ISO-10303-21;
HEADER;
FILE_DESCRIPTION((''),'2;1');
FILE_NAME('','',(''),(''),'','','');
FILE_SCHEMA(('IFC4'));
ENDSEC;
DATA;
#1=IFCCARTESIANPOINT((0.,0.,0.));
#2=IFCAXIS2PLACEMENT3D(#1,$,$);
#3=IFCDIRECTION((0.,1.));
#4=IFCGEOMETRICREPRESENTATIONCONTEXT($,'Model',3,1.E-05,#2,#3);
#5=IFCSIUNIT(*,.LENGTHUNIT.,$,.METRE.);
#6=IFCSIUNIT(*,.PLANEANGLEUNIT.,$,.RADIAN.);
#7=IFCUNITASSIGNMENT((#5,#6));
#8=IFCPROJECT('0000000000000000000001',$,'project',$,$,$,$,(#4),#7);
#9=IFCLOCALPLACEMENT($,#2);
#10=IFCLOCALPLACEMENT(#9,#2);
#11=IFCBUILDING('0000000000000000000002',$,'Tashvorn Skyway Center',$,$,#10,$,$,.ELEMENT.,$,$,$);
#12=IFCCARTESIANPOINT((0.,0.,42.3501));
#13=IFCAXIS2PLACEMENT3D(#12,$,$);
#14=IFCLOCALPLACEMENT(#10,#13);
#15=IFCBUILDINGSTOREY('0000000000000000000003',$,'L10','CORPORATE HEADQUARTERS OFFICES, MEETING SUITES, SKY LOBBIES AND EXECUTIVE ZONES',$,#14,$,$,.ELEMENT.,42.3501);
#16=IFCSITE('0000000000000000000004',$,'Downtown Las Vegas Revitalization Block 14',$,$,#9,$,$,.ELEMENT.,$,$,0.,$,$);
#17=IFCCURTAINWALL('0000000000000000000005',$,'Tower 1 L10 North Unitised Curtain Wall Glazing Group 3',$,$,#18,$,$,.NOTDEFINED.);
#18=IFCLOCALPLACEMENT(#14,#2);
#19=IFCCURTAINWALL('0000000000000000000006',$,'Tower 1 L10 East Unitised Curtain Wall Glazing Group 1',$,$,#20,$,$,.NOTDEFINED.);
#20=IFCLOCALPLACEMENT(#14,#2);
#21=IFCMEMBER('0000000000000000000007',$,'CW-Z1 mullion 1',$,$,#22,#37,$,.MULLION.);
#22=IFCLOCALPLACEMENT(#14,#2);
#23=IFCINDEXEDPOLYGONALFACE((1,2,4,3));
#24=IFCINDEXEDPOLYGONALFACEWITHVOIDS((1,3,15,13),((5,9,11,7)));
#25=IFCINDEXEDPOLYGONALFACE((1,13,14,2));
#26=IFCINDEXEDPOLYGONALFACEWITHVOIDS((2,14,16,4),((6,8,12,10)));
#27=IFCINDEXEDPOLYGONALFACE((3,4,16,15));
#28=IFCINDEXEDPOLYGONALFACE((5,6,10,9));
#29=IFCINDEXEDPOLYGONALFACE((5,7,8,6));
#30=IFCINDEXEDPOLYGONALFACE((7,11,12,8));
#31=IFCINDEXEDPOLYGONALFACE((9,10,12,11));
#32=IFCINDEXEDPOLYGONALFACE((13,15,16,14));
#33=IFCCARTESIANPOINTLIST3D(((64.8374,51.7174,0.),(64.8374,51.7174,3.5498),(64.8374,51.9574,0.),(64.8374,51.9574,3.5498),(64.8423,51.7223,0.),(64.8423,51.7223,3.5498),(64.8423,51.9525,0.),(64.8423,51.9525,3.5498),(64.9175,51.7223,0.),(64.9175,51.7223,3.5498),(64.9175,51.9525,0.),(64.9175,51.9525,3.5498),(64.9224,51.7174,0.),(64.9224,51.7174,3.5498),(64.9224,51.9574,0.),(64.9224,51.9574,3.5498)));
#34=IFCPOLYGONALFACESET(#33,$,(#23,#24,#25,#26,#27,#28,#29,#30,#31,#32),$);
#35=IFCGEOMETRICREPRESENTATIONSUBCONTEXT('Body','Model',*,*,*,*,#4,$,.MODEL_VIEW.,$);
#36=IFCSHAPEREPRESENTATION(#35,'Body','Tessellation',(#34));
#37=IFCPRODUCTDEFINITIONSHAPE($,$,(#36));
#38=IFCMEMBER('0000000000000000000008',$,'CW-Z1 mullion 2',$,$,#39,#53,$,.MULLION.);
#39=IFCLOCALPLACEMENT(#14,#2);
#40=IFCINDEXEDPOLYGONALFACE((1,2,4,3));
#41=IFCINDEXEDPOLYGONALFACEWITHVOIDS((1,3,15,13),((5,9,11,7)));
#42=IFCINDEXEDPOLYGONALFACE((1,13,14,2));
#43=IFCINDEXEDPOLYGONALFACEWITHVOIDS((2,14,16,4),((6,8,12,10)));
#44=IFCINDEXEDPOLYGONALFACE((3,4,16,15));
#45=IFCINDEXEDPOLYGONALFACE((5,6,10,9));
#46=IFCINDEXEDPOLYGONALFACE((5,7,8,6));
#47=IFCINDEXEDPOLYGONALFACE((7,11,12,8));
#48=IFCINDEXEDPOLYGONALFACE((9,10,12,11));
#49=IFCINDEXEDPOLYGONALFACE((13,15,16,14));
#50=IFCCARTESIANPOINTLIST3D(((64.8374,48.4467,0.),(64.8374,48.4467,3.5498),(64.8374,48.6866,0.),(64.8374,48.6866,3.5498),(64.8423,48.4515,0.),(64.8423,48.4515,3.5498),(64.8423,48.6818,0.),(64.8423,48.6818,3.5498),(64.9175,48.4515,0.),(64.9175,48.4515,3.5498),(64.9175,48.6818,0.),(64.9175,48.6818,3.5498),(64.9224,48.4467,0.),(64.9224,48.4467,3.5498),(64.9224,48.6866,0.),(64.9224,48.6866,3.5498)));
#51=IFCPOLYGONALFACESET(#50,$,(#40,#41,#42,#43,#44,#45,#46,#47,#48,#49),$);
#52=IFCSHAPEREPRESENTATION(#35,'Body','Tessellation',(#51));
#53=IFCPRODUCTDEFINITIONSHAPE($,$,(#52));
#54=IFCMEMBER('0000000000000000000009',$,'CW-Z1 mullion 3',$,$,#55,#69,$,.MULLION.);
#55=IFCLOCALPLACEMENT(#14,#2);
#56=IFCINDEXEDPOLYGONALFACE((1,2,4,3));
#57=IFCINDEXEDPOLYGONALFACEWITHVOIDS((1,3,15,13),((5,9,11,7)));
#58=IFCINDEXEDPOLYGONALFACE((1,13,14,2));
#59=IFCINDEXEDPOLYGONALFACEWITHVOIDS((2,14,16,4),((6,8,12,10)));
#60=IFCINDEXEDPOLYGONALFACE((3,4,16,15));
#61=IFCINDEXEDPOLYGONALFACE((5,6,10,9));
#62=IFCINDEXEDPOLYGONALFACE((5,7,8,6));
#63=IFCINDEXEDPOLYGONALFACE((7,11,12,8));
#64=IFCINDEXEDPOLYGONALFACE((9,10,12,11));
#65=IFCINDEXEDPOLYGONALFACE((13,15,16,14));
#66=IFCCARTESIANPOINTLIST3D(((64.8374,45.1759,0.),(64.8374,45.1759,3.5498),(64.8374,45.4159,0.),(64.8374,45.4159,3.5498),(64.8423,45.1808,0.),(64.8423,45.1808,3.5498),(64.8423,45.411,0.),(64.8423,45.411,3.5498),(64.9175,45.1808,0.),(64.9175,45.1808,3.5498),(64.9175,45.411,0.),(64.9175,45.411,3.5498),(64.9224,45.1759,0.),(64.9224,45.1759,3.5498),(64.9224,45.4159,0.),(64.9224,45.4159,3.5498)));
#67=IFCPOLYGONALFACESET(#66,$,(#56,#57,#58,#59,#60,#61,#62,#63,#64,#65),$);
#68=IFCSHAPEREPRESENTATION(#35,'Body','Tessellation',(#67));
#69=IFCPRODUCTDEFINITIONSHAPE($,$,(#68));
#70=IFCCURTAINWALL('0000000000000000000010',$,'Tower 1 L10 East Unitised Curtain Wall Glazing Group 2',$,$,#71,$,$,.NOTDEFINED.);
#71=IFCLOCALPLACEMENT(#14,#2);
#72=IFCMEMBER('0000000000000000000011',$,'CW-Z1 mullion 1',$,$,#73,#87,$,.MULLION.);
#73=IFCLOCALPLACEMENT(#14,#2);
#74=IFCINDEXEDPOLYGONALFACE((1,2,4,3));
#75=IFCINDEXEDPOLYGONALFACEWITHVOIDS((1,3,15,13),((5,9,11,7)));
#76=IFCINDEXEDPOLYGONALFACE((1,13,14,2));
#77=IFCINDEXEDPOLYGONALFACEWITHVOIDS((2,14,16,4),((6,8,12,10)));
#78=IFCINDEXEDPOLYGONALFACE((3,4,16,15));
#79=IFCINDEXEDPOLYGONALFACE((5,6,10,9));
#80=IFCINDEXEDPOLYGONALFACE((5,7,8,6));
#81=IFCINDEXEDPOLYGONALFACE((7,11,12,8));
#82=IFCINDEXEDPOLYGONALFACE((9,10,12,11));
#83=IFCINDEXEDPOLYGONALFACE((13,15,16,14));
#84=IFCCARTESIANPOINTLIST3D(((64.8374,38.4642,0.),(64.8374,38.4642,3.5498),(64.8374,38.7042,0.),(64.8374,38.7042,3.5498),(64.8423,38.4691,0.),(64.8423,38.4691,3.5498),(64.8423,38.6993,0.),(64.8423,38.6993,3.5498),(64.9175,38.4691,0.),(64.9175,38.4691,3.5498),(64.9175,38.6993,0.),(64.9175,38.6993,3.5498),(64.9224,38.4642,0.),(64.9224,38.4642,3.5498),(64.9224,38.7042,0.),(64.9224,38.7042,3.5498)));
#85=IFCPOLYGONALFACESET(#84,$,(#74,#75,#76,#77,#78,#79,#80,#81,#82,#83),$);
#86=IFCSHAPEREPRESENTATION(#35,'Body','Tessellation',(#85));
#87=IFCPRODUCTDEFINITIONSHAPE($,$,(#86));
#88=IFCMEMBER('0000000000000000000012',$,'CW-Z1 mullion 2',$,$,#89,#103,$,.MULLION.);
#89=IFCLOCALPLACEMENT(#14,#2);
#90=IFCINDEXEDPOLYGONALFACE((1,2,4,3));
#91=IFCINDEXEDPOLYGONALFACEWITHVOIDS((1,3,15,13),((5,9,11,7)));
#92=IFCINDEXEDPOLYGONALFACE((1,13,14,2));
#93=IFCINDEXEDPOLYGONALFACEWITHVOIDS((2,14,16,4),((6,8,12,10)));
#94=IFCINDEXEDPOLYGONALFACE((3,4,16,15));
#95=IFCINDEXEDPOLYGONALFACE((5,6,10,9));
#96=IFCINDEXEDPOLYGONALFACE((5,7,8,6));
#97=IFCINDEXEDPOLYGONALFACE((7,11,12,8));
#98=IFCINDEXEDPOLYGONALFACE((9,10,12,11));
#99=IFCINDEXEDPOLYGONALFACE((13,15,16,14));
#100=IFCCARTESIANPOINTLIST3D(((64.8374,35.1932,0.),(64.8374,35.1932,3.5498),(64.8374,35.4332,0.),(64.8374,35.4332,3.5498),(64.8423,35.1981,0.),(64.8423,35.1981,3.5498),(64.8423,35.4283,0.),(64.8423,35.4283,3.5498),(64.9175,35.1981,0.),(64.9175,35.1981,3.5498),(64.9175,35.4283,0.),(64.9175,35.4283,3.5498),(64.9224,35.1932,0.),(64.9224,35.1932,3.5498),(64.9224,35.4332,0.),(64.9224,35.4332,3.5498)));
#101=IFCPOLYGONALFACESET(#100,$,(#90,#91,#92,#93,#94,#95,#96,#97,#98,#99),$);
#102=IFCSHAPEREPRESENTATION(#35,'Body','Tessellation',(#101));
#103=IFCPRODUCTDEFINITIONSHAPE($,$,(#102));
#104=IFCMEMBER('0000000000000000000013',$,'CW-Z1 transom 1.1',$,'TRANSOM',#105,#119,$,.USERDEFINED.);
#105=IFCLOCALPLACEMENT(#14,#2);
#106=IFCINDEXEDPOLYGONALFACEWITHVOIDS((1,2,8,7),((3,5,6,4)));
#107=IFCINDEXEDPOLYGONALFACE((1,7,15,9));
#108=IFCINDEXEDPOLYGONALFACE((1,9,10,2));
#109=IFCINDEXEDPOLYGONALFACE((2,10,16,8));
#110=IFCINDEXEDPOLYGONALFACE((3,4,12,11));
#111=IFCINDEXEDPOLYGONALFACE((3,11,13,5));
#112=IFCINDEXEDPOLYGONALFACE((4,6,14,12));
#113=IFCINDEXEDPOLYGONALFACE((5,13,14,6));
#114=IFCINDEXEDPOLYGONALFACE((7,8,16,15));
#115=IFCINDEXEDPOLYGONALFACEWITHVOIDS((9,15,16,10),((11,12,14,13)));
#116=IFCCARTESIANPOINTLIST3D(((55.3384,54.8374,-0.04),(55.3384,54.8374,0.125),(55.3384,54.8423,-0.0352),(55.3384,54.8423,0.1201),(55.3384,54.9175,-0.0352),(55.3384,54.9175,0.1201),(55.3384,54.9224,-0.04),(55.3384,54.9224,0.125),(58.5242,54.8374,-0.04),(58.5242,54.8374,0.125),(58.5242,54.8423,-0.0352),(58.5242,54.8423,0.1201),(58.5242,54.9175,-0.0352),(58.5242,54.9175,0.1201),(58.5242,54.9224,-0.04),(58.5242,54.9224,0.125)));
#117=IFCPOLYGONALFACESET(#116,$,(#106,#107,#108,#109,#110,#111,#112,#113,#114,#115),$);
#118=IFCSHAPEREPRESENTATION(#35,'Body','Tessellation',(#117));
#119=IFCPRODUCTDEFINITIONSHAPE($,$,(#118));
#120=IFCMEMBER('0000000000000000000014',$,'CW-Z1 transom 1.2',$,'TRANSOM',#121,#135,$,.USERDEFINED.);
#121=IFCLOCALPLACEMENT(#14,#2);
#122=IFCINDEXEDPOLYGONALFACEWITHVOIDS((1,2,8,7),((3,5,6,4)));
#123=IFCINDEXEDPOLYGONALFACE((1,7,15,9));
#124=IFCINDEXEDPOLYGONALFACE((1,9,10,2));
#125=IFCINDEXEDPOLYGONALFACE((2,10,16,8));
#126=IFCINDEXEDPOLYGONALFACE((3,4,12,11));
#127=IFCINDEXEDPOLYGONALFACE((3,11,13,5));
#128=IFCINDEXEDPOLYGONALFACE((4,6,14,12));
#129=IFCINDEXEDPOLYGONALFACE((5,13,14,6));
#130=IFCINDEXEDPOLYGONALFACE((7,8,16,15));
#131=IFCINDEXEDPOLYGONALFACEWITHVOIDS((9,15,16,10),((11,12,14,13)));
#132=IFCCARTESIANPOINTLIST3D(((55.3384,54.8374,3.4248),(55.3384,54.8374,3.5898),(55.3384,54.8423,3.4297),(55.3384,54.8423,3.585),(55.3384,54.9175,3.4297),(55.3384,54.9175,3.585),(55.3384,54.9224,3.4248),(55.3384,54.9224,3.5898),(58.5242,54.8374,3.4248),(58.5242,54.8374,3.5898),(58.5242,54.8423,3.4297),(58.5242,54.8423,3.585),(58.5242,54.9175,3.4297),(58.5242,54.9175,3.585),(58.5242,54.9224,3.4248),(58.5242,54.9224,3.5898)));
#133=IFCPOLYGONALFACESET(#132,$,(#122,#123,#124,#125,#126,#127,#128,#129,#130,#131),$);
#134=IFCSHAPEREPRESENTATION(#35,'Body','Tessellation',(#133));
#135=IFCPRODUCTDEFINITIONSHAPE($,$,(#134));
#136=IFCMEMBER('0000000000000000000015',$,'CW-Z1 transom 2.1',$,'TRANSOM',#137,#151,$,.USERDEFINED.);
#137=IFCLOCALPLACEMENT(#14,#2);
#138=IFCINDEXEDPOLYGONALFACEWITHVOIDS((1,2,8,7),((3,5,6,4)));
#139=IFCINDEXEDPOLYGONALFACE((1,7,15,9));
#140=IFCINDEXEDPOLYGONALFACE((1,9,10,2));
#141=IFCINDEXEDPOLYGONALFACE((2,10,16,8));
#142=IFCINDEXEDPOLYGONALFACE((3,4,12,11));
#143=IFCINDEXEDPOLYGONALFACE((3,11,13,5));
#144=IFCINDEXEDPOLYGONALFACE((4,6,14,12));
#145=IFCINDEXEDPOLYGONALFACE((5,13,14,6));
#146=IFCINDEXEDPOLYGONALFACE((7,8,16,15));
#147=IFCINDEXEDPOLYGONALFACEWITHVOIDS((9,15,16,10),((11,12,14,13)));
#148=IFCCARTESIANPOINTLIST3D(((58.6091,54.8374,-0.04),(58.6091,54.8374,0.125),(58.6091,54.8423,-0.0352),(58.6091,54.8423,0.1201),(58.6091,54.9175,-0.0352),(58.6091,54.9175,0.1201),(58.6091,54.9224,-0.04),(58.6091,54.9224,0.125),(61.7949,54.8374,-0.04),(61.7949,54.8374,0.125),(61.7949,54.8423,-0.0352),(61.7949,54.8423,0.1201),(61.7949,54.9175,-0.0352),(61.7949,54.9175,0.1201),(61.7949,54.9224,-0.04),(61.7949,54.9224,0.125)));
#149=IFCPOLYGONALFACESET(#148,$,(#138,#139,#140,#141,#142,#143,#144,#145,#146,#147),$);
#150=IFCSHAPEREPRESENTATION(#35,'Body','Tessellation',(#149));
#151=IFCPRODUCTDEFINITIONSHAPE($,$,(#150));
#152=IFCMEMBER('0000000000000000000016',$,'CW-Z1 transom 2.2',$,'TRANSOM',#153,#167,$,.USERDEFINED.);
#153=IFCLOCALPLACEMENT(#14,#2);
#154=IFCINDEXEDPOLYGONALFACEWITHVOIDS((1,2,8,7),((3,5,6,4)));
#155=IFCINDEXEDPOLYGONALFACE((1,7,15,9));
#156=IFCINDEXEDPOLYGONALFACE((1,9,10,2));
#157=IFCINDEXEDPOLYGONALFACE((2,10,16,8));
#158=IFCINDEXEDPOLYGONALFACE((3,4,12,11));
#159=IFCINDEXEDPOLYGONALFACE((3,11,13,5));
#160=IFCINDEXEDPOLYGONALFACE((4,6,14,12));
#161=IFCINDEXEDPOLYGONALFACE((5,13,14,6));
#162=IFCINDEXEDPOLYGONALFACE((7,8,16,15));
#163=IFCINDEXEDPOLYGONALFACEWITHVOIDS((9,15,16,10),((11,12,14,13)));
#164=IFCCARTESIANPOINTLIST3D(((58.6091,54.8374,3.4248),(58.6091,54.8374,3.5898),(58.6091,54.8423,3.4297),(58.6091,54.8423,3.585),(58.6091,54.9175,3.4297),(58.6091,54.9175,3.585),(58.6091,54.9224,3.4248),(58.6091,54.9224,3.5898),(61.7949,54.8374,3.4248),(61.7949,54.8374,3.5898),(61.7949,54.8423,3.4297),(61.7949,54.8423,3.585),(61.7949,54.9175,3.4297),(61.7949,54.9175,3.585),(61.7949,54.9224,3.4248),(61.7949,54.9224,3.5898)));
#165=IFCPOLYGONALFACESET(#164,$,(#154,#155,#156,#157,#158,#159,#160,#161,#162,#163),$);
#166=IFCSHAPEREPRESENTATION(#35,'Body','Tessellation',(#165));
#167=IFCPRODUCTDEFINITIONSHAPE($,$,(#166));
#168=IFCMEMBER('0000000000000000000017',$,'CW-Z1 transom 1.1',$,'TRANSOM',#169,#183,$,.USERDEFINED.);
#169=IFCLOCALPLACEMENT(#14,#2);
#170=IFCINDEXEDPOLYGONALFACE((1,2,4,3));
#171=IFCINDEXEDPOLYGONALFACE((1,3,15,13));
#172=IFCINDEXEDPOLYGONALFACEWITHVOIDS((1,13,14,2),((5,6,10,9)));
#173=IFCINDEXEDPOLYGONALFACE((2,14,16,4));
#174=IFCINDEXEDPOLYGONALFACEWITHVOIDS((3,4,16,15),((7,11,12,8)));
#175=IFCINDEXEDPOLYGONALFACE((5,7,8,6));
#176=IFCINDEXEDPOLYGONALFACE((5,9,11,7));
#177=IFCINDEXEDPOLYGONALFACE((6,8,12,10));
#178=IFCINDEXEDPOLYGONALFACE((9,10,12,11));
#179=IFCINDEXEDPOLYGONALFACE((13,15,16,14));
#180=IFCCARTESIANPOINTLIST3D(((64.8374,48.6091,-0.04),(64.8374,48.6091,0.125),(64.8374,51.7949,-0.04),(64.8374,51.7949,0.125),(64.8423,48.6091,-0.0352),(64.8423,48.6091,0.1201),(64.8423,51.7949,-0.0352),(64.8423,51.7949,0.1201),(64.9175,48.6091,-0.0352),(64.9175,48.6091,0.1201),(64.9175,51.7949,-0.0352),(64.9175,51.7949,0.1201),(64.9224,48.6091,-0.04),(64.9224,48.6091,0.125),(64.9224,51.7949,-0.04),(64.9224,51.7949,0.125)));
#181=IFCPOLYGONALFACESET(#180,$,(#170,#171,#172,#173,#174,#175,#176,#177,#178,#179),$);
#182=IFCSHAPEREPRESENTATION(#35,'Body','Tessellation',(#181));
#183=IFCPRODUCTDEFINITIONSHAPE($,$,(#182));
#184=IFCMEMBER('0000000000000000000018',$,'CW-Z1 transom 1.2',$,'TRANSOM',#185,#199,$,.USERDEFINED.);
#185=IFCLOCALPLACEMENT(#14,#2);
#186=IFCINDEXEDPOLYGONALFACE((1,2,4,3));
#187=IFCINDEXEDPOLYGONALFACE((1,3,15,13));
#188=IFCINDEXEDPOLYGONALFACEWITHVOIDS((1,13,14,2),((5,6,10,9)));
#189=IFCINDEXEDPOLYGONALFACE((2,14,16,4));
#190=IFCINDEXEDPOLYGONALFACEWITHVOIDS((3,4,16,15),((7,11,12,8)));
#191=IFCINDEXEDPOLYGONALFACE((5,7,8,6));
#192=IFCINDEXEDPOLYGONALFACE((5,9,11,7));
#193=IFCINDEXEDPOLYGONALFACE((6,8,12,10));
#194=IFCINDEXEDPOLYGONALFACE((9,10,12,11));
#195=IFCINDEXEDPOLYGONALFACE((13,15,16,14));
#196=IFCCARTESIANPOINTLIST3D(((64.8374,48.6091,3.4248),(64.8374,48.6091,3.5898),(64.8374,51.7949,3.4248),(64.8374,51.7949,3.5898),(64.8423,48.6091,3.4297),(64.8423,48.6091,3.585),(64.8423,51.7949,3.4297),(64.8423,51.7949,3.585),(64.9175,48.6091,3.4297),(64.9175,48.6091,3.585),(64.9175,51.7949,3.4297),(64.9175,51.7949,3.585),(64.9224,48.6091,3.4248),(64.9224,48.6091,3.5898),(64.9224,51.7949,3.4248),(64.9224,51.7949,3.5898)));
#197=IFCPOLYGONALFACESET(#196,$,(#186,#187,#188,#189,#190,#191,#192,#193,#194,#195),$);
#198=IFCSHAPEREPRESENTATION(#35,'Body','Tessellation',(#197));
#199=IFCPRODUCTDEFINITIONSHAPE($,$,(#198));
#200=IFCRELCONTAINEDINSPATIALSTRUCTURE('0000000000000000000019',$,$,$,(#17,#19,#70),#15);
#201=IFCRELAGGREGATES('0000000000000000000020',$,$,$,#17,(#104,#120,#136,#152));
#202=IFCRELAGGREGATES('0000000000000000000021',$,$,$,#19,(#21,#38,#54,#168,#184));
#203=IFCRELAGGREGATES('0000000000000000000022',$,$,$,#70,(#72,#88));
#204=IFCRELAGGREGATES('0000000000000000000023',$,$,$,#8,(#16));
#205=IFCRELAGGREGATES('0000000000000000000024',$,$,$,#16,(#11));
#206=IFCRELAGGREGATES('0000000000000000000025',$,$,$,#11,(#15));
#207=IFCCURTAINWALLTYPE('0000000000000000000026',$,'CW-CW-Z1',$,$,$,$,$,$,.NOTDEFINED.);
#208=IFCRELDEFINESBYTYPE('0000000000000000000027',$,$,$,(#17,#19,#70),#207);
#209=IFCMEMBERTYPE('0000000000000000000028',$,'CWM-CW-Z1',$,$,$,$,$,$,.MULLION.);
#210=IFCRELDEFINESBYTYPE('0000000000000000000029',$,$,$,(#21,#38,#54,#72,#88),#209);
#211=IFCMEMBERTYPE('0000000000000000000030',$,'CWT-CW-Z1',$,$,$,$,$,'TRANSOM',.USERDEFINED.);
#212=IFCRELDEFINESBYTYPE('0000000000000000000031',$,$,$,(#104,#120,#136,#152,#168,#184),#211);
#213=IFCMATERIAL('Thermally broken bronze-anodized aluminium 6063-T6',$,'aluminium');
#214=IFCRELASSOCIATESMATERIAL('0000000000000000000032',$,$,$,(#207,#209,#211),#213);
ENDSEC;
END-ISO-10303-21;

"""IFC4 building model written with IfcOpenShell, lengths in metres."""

from ifc_helpers import new_model, si_unit, direction, frame, origin, origin_2d, place, context, subcontext, project, spatial, hollow_rectangle, extrude, material, material_profile, profile_set, type_object, element, aggregate, save


model = new_model("IFC4")

# Units and contexts
model_context = context("Model", 3, precision=1e-05, world=origin(), true_north=direction((0.0, 1.0)))
body_context = subcontext(model_context, "Body", "Model", "MODEL_VIEW")
ifc_project = project(units=[si_unit("LENGTHUNIT", "METRE"), si_unit("PLANEANGLEUNIT", "RADIAN")], contexts=[model_context])

# Site, building, storey
site_placement = place(None, origin())
site = spatial("IfcSite", under=ifc_project, at=site_placement, Name="Downtown Las Vegas Revitalization Block 14", CompositionType="ELEMENT", RefElevation=0.0)
building_placement = place(site_placement, origin())
building = spatial("IfcBuilding", under=site, at=building_placement, Name="Tashvorn Skyway Center", CompositionType="ELEMENT")
storey_placement = place(building_placement, frame((0.0, 0.0, 42.3501)))
storey = spatial("IfcBuildingStorey", under=building, at=storey_placement, Name="L10", Description="CORPORATE HEADQUARTERS OFFICES, MEETING SUITES, SKY LOBBIES AND EXECUTIVE ZONES", CompositionType="ELEMENT", Elevation=42.3501)

# Curtain walls, members
ifc_material_1 = material(Name="Thermally broken bronze-anodized aluminium 6063-T6", Category="aluminium")
curtain_wall_type = type_object("IfcCurtainWallType", Name="CW-CW-Z1", PredefinedType="NOTDEFINED", material=ifc_material_1)
curtain_wall_1_placement = place(storey_placement, origin())
curtain_wall_1 = element("IfcCurtainWall", 1, at=curtain_wall_1_placement, inside=storey, type_object=curtain_wall_type, Name="Tower 1 L10 North Unitised Curtain Wall Glazing Group 3", PredefinedType="NOTDEFINED")
ifc_material_profile_1 = material_profile(ifc_material_1, hollow_rectangle(XDim=0.085, YDim=0.24, WallThickness=0.0049, at=origin_2d()), Name="ALU-MULL-85x240")
ifc_profile_set_1 = profile_set([ifc_material_profile_1], Name="Thermally broken bronze-anodized aluminium 6063-T6")
member_type_1 = type_object("IfcMemberType", Name="CWM-CW-Z1", PredefinedType="MULLION", material=ifc_profile_set_1)
curtain_wall_2_placement = place(storey_placement, origin())
curtain_wall_2 = element("IfcCurtainWall", 2, at=curtain_wall_2_placement, inside=storey, type_object=curtain_wall_type, Name="Tower 1 L10 East Unitised Curtain Wall Glazing Group 1", PredefinedType="NOTDEFINED")
member_1_placement = place(storey_placement, frame((64.8799, 51.8374, 0.0), z_axis=(0.0, 0.0, 1.0), x_axis=(1.0, 0.0, 0.0)))
member_1 = element("IfcMember", 3, at=member_1_placement, type_object=member_type_1, Name="CW-Z1 mullion 1", PredefinedType="MULLION", context=body_context, shape_type="SweptSolid", body=[
    extrude(hollow_rectangle(XDim=0.085, YDim=0.24, WallThickness=0.0049, at=origin_2d()), origin(), (0.0, 0.0, 1.0), 3.5498),
])
member_2_placement = place(storey_placement, frame((64.8799, 48.5667, 0.0), z_axis=(0.0, 0.0, 1.0), x_axis=(1.0, 0.0, 0.0)))
member_2 = element("IfcMember", 4, at=member_2_placement, type_object=member_type_1, Name="CW-Z1 mullion 2", PredefinedType="MULLION", context=body_context, shape_type="SweptSolid", body=[
    extrude(hollow_rectangle(XDim=0.085, YDim=0.24, WallThickness=0.0049, at=origin_2d()), origin(), (0.0, 0.0, 1.0), 3.5498),
])
member_3_placement = place(storey_placement, frame((64.8799, 45.2959, 0.0), z_axis=(0.0, 0.0, 1.0), x_axis=(1.0, 0.0, 0.0)))
member_3 = element("IfcMember", 5, at=member_3_placement, type_object=member_type_1, Name="CW-Z1 mullion 3", PredefinedType="MULLION", context=body_context, shape_type="SweptSolid", body=[
    extrude(hollow_rectangle(XDim=0.085, YDim=0.24, WallThickness=0.0049, at=origin_2d()), origin(), (0.0, 0.0, 1.0), 3.5498),
])
curtain_wall_3_placement = place(storey_placement, origin())
curtain_wall_3 = element("IfcCurtainWall", 6, at=curtain_wall_3_placement, inside=storey, type_object=curtain_wall_type, Name="Tower 1 L10 East Unitised Curtain Wall Glazing Group 2", PredefinedType="NOTDEFINED")
member_4_placement = place(storey_placement, frame((64.8799, 38.5842, 0.0), z_axis=(0.0, 0.0, 1.0), x_axis=(1.0, 0.0, 0.0)))
member_4 = element("IfcMember", 7, at=member_4_placement, type_object=member_type_1, Name="CW-Z1 mullion 1", PredefinedType="MULLION", context=body_context, shape_type="SweptSolid", body=[
    extrude(hollow_rectangle(XDim=0.085, YDim=0.24, WallThickness=0.0049, at=origin_2d()), origin(), (0.0, 0.0, 1.0), 3.5498),
])
member_5_placement = place(storey_placement, frame((64.8799, 35.3132, 0.0), z_axis=(0.0, 0.0, 1.0), x_axis=(1.0, 0.0, 0.0)))
member_5 = element("IfcMember", 8, at=member_5_placement, type_object=member_type_1, Name="CW-Z1 mullion 2", PredefinedType="MULLION", context=body_context, shape_type="SweptSolid", body=[
    extrude(hollow_rectangle(XDim=0.085, YDim=0.24, WallThickness=0.0049, at=origin_2d()), origin(), (0.0, 0.0, 1.0), 3.5498),
])

# Members
ifc_material_profile_2 = material_profile(ifc_material_1, hollow_rectangle(XDim=0.085, YDim=0.165, WallThickness=0.0049, at=origin_2d()), Name="ALU-TRAN-85x165")
ifc_profile_set_2 = profile_set([ifc_material_profile_2], Name="Thermally broken bronze-anodized aluminium 6063-T6")
member_type_2 = type_object("IfcMemberType", Name="CWT-CW-Z1", ElementType="TRANSOM", PredefinedType="USERDEFINED", material=ifc_profile_set_2)
member_6_placement = place(storey_placement, frame((55.3384, 54.8799, 0.0425), z_axis=(1.0, 0.0, 0.0), x_axis=(0.0, 1.0, 0.0)))
member_6 = element("IfcMember", 9, at=member_6_placement, type_object=member_type_2, Name="CW-Z1 transom 1.1", ObjectType="TRANSOM", PredefinedType="USERDEFINED", context=body_context, shape_type="SweptSolid", body=[
    extrude(hollow_rectangle(XDim=0.085, YDim=0.165, WallThickness=0.0049, at=origin_2d()), origin(), (0.0, 0.0, 1.0), 3.1858),
])
member_7_placement = place(storey_placement, frame((55.3384, 54.8799, 3.5073), z_axis=(1.0, 0.0, 0.0), x_axis=(0.0, 1.0, 0.0)))
member_7 = element("IfcMember", 10, at=member_7_placement, type_object=member_type_2, Name="CW-Z1 transom 1.2", ObjectType="TRANSOM", PredefinedType="USERDEFINED", context=body_context, shape_type="SweptSolid", body=[
    extrude(hollow_rectangle(XDim=0.085, YDim=0.165, WallThickness=0.0049, at=origin_2d()), origin(), (0.0, 0.0, 1.0), 3.1858),
])
member_8_placement = place(storey_placement, frame((58.6091, 54.8799, 0.0425), z_axis=(1.0, 0.0, 0.0), x_axis=(0.0, 1.0, 0.0)))
member_8 = element("IfcMember", 11, at=member_8_placement, type_object=member_type_2, Name="CW-Z1 transom 2.1", ObjectType="TRANSOM", PredefinedType="USERDEFINED", context=body_context, shape_type="SweptSolid", body=[
    extrude(hollow_rectangle(XDim=0.085, YDim=0.165, WallThickness=0.0049, at=origin_2d()), origin(), (0.0, 0.0, 1.0), 3.1858),
])
member_9_placement = place(storey_placement, frame((58.6091, 54.8799, 3.5073), z_axis=(1.0, 0.0, 0.0), x_axis=(0.0, 1.0, 0.0)))
member_9 = element("IfcMember", 12, at=member_9_placement, type_object=member_type_2, Name="CW-Z1 transom 2.2", ObjectType="TRANSOM", PredefinedType="USERDEFINED", context=body_context, shape_type="SweptSolid", body=[
    extrude(hollow_rectangle(XDim=0.085, YDim=0.165, WallThickness=0.0049, at=origin_2d()), origin(), (0.0, 0.0, 1.0), 3.1858),
])
member_10_placement = place(storey_placement, frame((64.8799, 51.7949, 0.0425), z_axis=(0.0, -1.0, 0.0), x_axis=(1.0, 0.0, 0.0)))
member_10 = element("IfcMember", 13, at=member_10_placement, type_object=member_type_2, Name="CW-Z1 transom 1.1", ObjectType="TRANSOM", PredefinedType="USERDEFINED", context=body_context, shape_type="SweptSolid", body=[
    extrude(hollow_rectangle(XDim=0.085, YDim=0.165, WallThickness=0.0049, at=origin_2d()), origin(), (0.0, 0.0, 1.0), 3.1858),
])
member_11_placement = place(storey_placement, frame((64.8799, 51.7949, 3.5073), z_axis=(0.0, -1.0, 0.0), x_axis=(1.0, 0.0, 0.0)))
member_11 = element("IfcMember", 14, at=member_11_placement, type_object=member_type_2, Name="CW-Z1 transom 1.2", ObjectType="TRANSOM", PredefinedType="USERDEFINED", context=body_context, shape_type="SweptSolid", body=[
    extrude(hollow_rectangle(XDim=0.085, YDim=0.165, WallThickness=0.0049, at=origin_2d()), origin(), (0.0, 0.0, 1.0), 3.1858),
])

aggregate(curtain_wall_1, [member_6, member_7, member_8, member_9])
aggregate(curtain_wall_2, [member_1, member_2, member_3, member_10, member_11])
aggregate(curtain_wall_3, [member_4, member_5])

save(model, "model.ifc")
